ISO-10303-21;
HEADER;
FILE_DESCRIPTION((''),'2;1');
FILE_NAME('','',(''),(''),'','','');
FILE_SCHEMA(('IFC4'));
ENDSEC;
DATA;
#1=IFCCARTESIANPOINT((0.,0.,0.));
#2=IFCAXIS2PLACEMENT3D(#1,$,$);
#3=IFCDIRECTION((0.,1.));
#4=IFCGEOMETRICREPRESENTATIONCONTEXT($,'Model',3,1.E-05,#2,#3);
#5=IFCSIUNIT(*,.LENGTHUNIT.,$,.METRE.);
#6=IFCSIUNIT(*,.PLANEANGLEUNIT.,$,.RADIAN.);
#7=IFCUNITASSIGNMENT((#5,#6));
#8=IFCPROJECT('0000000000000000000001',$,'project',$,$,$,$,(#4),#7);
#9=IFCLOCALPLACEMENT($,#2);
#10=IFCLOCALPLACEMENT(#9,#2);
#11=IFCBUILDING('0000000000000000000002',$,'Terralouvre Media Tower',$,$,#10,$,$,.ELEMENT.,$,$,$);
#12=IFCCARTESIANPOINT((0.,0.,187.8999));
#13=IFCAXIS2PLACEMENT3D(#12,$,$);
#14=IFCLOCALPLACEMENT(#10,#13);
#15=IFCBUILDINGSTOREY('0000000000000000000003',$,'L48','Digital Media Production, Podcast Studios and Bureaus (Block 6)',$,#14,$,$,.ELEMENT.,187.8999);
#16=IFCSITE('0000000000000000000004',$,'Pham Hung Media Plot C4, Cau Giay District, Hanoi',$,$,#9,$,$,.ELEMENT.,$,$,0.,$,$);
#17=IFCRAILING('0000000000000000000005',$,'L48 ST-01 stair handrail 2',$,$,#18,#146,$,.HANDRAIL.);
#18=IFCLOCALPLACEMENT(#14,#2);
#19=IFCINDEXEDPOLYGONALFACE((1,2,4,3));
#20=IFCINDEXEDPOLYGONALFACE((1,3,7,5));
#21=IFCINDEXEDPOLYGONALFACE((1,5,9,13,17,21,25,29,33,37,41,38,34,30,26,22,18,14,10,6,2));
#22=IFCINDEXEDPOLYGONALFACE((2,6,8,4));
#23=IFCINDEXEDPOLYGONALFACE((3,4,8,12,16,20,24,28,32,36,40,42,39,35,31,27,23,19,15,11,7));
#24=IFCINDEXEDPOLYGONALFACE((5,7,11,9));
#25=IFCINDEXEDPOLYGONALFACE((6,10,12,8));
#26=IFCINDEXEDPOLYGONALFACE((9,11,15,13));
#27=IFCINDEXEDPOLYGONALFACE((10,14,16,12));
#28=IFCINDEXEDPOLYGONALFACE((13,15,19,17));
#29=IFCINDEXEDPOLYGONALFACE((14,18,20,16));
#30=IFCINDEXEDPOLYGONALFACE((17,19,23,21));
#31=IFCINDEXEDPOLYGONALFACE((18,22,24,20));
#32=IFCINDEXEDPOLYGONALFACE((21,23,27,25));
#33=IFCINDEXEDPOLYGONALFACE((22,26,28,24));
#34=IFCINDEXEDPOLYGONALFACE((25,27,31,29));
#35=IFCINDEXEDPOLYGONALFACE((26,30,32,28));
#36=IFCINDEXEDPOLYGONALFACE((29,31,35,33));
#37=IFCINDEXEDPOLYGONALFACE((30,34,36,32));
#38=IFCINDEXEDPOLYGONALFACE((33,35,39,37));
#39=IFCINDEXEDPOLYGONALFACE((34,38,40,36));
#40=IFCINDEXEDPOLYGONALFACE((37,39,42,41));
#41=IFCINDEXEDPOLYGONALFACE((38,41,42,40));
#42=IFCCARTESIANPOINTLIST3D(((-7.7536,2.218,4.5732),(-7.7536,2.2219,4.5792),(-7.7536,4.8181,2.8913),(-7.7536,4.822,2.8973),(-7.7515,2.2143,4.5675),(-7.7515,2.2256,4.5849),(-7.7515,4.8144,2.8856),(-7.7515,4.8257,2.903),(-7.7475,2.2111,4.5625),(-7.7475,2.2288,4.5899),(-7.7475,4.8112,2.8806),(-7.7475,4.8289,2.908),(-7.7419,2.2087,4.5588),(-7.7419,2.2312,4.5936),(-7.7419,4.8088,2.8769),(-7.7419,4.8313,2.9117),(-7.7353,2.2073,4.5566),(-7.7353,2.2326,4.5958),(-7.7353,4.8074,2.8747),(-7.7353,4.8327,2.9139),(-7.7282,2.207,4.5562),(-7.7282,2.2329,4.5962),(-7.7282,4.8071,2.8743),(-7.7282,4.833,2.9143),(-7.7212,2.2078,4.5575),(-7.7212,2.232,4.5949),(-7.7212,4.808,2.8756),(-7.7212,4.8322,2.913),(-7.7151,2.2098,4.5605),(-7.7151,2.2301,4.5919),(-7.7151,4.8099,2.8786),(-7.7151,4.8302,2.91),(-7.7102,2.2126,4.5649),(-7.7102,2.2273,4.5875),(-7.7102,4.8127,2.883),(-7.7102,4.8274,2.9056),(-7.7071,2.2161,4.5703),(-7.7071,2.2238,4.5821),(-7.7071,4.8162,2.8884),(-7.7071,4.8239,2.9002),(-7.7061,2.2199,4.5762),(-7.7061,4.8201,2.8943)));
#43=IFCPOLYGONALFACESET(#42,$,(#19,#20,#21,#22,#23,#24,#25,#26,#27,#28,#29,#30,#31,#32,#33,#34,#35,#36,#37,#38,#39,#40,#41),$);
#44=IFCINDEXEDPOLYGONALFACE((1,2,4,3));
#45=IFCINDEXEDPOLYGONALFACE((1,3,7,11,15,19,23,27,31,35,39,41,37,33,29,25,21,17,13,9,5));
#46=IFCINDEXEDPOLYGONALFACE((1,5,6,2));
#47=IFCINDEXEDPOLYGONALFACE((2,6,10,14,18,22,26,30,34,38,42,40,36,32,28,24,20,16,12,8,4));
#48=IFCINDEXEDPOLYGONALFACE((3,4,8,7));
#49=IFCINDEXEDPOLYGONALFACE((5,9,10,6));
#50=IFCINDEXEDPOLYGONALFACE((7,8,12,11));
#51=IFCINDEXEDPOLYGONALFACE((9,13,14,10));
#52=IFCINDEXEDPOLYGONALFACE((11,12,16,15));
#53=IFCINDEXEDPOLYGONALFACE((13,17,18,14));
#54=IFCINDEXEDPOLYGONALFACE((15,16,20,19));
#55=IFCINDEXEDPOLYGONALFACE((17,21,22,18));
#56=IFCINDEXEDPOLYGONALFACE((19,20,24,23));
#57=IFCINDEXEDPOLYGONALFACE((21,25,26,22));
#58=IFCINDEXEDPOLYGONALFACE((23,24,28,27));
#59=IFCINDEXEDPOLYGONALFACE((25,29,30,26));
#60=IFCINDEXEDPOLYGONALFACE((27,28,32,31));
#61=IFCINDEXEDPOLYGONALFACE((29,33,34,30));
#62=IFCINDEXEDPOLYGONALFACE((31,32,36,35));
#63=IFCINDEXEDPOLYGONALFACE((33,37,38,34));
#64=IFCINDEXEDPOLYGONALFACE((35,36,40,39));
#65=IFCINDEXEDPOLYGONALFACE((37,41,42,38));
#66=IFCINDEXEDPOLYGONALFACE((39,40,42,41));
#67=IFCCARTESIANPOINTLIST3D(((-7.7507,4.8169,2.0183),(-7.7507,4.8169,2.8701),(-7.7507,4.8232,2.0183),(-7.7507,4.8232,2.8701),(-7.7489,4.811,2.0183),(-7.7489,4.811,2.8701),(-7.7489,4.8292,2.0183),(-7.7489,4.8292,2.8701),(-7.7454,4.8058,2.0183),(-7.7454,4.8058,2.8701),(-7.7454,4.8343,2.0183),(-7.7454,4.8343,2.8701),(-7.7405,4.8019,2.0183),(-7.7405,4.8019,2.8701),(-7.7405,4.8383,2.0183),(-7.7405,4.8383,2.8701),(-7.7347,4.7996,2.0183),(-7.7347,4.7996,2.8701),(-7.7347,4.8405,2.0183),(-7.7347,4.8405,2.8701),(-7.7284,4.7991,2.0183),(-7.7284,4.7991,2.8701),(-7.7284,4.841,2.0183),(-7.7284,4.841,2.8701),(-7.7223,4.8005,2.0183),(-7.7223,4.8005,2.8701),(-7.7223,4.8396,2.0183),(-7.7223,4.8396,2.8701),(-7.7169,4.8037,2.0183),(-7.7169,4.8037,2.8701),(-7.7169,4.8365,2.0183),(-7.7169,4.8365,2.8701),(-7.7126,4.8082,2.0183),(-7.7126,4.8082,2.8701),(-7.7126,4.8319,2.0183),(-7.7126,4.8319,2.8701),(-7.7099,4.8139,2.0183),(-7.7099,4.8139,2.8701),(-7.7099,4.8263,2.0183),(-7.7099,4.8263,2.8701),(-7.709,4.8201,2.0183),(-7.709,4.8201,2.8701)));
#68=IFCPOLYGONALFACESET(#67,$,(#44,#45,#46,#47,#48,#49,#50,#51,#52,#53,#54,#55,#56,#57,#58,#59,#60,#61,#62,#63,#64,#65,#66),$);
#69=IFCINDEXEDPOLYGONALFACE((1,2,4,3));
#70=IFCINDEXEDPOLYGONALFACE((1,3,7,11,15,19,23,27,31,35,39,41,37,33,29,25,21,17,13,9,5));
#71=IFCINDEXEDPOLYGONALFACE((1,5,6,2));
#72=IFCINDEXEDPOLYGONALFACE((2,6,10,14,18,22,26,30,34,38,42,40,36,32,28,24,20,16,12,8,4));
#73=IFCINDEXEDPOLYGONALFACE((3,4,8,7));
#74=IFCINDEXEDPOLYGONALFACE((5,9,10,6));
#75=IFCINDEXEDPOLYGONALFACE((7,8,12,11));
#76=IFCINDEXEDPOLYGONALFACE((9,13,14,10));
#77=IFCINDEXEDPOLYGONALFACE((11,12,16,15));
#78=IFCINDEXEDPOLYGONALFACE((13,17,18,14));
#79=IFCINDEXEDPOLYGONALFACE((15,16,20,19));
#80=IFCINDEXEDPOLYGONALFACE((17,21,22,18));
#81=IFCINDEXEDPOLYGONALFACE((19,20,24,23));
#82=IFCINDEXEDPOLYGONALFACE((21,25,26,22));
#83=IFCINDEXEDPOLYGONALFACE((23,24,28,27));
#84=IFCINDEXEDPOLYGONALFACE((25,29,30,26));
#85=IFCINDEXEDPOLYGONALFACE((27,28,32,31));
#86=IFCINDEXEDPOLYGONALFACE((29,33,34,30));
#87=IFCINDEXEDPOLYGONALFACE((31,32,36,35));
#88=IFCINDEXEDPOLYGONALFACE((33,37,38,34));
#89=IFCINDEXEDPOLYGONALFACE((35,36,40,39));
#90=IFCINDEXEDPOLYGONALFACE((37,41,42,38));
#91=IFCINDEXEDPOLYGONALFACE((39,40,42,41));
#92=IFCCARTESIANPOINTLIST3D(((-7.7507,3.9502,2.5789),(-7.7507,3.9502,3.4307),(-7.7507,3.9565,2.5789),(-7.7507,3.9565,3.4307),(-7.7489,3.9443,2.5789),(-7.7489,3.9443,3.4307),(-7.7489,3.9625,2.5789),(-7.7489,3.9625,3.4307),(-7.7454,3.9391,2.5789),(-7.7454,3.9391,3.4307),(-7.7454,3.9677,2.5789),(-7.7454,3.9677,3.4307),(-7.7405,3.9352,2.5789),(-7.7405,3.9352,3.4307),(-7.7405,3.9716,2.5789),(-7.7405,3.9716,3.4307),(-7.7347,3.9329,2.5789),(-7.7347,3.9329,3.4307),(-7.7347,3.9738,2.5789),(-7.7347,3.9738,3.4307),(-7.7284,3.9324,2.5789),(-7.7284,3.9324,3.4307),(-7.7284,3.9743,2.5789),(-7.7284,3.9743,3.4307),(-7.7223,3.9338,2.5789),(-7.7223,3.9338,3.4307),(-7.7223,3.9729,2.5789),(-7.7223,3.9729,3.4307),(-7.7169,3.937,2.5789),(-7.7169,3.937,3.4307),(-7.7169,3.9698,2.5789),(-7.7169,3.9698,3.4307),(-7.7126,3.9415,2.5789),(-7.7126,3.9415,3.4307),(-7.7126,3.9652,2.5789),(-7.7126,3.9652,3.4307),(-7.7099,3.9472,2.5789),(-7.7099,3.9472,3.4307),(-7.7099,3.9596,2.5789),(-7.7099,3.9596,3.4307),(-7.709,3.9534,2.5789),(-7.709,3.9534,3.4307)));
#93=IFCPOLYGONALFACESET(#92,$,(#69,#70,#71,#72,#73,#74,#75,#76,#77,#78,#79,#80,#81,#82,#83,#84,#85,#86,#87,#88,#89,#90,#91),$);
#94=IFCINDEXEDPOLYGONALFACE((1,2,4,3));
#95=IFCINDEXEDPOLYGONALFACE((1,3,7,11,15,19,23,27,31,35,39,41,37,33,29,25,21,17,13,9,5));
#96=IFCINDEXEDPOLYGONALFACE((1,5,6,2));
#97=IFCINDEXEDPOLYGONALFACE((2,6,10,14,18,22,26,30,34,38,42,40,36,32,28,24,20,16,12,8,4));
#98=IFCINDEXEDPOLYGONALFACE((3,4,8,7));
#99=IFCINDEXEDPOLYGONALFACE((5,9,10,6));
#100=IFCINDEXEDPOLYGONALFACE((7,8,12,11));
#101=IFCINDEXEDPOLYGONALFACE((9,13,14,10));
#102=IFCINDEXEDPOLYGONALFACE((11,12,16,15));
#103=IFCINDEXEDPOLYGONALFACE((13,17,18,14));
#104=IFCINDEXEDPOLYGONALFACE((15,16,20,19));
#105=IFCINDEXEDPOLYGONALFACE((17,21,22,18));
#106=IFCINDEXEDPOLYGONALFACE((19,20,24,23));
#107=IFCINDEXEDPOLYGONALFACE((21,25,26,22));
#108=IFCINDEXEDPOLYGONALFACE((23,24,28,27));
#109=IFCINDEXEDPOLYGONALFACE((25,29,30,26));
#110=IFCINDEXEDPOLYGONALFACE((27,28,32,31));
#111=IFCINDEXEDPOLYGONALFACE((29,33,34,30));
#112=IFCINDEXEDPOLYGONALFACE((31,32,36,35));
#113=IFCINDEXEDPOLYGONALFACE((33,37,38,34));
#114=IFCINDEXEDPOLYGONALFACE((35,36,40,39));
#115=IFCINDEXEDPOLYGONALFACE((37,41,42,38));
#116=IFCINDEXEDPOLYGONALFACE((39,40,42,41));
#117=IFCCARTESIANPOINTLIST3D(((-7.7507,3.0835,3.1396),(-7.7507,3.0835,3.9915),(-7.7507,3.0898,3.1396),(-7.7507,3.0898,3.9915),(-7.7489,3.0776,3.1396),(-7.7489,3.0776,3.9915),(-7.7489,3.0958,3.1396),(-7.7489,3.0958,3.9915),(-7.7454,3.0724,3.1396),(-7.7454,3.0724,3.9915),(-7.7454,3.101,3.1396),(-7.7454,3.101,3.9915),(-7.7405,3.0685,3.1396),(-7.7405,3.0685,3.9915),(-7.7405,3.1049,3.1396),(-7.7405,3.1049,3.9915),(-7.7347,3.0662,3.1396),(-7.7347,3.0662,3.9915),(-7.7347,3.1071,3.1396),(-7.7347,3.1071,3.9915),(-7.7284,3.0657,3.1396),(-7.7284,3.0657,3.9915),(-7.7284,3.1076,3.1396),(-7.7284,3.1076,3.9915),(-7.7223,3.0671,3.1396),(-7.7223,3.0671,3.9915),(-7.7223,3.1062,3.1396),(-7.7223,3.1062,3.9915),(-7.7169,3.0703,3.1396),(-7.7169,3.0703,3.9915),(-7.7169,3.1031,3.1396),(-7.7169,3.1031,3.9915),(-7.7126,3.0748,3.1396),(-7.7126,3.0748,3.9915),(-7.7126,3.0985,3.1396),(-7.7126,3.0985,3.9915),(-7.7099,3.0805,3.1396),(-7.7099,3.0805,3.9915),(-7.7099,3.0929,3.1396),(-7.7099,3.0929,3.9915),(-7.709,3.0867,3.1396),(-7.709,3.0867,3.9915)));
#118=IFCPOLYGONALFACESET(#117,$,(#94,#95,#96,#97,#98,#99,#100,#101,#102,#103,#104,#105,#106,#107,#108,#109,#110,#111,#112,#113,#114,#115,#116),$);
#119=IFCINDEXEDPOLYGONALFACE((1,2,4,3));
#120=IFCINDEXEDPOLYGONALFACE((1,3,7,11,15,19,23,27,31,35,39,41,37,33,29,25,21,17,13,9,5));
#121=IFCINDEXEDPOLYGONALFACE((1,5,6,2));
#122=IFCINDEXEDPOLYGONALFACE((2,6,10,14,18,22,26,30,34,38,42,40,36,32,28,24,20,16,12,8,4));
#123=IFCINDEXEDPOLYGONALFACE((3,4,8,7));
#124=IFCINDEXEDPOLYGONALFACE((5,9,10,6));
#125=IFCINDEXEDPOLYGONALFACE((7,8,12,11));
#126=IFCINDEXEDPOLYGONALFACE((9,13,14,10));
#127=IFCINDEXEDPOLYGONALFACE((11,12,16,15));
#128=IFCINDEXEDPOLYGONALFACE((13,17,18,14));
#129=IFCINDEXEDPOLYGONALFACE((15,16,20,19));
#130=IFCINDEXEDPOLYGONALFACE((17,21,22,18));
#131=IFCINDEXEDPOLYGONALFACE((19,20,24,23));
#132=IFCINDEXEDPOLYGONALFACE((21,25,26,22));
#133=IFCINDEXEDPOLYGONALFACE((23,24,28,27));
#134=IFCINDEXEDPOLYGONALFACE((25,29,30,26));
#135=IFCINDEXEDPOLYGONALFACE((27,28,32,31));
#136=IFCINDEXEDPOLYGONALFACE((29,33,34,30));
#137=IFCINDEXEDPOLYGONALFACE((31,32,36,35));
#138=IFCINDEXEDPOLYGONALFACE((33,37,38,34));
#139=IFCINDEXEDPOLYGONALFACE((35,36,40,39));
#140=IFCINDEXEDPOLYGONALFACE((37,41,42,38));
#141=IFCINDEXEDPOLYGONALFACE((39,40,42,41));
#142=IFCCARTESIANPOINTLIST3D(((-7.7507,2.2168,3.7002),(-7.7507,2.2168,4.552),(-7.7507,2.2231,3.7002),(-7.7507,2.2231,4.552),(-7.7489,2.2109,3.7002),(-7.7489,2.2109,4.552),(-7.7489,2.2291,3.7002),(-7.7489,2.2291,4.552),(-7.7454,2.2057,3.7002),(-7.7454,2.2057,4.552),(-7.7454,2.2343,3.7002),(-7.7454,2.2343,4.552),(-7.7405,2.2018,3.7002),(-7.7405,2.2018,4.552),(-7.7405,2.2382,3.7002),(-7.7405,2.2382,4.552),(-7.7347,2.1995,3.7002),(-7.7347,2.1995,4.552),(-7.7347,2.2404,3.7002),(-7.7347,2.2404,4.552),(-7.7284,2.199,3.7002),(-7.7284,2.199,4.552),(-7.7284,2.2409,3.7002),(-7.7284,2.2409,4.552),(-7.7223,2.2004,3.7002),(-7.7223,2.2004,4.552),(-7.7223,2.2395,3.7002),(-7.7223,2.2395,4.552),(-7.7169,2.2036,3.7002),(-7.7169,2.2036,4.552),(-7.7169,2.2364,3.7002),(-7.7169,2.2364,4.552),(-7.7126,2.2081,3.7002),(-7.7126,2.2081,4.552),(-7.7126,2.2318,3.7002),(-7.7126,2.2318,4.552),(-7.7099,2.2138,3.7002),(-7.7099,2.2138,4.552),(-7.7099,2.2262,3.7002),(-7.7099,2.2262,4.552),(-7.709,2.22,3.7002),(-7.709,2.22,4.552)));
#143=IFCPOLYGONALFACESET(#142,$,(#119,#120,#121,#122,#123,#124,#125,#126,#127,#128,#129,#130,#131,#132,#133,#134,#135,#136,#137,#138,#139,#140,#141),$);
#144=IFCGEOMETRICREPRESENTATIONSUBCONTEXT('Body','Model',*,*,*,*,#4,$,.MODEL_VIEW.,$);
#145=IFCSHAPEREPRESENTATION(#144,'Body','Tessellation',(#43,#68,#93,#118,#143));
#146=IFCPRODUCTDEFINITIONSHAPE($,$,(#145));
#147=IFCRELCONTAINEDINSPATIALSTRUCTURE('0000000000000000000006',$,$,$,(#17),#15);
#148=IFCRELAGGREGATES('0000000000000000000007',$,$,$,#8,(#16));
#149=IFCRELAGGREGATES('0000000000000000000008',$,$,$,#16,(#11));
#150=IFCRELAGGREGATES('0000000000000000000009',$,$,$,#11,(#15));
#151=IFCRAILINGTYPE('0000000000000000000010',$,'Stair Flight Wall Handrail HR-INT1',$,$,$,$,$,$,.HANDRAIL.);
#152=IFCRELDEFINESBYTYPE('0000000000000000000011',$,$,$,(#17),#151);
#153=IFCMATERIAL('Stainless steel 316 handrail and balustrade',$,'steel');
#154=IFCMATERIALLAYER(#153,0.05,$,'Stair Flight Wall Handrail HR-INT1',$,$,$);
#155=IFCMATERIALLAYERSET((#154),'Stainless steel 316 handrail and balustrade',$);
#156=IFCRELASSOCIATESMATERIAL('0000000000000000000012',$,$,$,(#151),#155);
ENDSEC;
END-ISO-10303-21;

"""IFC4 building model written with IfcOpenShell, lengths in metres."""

from ifc_helpers import new_model, si_unit, direction, frame, origin, origin_2d, place, context, subcontext, project, spatial, circle, extrude, material, layer, layer_set, type_object, element, save


model = new_model("IFC4")

# Units and contexts
model_context = context("Model", 3, precision=1e-05, world=origin(), true_north=direction((0.0, 1.0)))
body_context = subcontext(model_context, "Body", "Model", "MODEL_VIEW")
ifc_project = project(units=[si_unit("LENGTHUNIT", "METRE"), si_unit("PLANEANGLEUNIT", "RADIAN")], contexts=[model_context])

# Site, building, storey
site_placement = place(None, origin())
site = spatial("IfcSite", under=ifc_project, at=site_placement, Name="Pham Hung Media Plot C4, Cau Giay District, Hanoi", CompositionType="ELEMENT", RefElevation=0.0)
building_placement = place(site_placement, origin())
building = spatial("IfcBuilding", under=site, at=building_placement, Name="Terralouvre Media Tower", CompositionType="ELEMENT")
storey_placement = place(building_placement, frame((0.0, 0.0, 187.8999)))
storey = spatial("IfcBuildingStorey", under=building, at=storey_placement, Name="L48", Description="Digital Media Production, Podcast Studios and Bureaus (Block 6)", CompositionType="ELEMENT", Elevation=187.8999)

# Railing
ifc_material_1 = material(Name="Stainless steel 316 handrail and balustrade", Category="steel")
ifc_layer_1 = layer(ifc_material_1, 0.05, Name="Stair Flight Wall Handrail HR-INT1")
ifc_layer_set_1 = layer_set([ifc_layer_1], Name="Stainless steel 316 handrail and balustrade")
railing_type_1 = type_object("IfcRailingType", Name="Stair Flight Wall Handrail HR-INT1", PredefinedType="HANDRAIL", material=ifc_layer_set_1)
railing_1_placement = place(storey_placement, frame((-7.73, 4.8201, 2.0183)))
element("IfcRailing", 1, at=railing_1_placement, inside=storey, type_object=railing_type_1, Name="L48 ST-01 stair handrail 2", PredefinedType="HANDRAIL", context=body_context, shape_type="SweptSolid", body=[
    extrude(circle(Radius=0.0239, at=origin_2d()), frame((0.0, 0.0, 0.876), z_axis=(0.0, -0.839648, 0.54313), x_axis=(1.0, 0.0, 0.0)), (0.0, 0.0, 1.0), 3.0967),
    extrude(circle(Radius=0.021, at=origin_2d()), origin(), (0.0, 0.0, 1.0), 0.8518),
    extrude(circle(Radius=0.021, at=origin_2d()), frame((0.0, -0.8667, 0.5605)), (0.0, 0.0, 1.0), 0.8518),
    extrude(circle(Radius=0.021, at=origin_2d()), frame((0.0, -1.7334, 1.1213)), (0.0, 0.0, 1.0), 0.8518),
    extrude(circle(Radius=0.021, at=origin_2d()), frame((0.0, -2.6001, 1.6819)), (0.0, 0.0, 1.0), 0.8518),
])

save(model, "model.ifc")
